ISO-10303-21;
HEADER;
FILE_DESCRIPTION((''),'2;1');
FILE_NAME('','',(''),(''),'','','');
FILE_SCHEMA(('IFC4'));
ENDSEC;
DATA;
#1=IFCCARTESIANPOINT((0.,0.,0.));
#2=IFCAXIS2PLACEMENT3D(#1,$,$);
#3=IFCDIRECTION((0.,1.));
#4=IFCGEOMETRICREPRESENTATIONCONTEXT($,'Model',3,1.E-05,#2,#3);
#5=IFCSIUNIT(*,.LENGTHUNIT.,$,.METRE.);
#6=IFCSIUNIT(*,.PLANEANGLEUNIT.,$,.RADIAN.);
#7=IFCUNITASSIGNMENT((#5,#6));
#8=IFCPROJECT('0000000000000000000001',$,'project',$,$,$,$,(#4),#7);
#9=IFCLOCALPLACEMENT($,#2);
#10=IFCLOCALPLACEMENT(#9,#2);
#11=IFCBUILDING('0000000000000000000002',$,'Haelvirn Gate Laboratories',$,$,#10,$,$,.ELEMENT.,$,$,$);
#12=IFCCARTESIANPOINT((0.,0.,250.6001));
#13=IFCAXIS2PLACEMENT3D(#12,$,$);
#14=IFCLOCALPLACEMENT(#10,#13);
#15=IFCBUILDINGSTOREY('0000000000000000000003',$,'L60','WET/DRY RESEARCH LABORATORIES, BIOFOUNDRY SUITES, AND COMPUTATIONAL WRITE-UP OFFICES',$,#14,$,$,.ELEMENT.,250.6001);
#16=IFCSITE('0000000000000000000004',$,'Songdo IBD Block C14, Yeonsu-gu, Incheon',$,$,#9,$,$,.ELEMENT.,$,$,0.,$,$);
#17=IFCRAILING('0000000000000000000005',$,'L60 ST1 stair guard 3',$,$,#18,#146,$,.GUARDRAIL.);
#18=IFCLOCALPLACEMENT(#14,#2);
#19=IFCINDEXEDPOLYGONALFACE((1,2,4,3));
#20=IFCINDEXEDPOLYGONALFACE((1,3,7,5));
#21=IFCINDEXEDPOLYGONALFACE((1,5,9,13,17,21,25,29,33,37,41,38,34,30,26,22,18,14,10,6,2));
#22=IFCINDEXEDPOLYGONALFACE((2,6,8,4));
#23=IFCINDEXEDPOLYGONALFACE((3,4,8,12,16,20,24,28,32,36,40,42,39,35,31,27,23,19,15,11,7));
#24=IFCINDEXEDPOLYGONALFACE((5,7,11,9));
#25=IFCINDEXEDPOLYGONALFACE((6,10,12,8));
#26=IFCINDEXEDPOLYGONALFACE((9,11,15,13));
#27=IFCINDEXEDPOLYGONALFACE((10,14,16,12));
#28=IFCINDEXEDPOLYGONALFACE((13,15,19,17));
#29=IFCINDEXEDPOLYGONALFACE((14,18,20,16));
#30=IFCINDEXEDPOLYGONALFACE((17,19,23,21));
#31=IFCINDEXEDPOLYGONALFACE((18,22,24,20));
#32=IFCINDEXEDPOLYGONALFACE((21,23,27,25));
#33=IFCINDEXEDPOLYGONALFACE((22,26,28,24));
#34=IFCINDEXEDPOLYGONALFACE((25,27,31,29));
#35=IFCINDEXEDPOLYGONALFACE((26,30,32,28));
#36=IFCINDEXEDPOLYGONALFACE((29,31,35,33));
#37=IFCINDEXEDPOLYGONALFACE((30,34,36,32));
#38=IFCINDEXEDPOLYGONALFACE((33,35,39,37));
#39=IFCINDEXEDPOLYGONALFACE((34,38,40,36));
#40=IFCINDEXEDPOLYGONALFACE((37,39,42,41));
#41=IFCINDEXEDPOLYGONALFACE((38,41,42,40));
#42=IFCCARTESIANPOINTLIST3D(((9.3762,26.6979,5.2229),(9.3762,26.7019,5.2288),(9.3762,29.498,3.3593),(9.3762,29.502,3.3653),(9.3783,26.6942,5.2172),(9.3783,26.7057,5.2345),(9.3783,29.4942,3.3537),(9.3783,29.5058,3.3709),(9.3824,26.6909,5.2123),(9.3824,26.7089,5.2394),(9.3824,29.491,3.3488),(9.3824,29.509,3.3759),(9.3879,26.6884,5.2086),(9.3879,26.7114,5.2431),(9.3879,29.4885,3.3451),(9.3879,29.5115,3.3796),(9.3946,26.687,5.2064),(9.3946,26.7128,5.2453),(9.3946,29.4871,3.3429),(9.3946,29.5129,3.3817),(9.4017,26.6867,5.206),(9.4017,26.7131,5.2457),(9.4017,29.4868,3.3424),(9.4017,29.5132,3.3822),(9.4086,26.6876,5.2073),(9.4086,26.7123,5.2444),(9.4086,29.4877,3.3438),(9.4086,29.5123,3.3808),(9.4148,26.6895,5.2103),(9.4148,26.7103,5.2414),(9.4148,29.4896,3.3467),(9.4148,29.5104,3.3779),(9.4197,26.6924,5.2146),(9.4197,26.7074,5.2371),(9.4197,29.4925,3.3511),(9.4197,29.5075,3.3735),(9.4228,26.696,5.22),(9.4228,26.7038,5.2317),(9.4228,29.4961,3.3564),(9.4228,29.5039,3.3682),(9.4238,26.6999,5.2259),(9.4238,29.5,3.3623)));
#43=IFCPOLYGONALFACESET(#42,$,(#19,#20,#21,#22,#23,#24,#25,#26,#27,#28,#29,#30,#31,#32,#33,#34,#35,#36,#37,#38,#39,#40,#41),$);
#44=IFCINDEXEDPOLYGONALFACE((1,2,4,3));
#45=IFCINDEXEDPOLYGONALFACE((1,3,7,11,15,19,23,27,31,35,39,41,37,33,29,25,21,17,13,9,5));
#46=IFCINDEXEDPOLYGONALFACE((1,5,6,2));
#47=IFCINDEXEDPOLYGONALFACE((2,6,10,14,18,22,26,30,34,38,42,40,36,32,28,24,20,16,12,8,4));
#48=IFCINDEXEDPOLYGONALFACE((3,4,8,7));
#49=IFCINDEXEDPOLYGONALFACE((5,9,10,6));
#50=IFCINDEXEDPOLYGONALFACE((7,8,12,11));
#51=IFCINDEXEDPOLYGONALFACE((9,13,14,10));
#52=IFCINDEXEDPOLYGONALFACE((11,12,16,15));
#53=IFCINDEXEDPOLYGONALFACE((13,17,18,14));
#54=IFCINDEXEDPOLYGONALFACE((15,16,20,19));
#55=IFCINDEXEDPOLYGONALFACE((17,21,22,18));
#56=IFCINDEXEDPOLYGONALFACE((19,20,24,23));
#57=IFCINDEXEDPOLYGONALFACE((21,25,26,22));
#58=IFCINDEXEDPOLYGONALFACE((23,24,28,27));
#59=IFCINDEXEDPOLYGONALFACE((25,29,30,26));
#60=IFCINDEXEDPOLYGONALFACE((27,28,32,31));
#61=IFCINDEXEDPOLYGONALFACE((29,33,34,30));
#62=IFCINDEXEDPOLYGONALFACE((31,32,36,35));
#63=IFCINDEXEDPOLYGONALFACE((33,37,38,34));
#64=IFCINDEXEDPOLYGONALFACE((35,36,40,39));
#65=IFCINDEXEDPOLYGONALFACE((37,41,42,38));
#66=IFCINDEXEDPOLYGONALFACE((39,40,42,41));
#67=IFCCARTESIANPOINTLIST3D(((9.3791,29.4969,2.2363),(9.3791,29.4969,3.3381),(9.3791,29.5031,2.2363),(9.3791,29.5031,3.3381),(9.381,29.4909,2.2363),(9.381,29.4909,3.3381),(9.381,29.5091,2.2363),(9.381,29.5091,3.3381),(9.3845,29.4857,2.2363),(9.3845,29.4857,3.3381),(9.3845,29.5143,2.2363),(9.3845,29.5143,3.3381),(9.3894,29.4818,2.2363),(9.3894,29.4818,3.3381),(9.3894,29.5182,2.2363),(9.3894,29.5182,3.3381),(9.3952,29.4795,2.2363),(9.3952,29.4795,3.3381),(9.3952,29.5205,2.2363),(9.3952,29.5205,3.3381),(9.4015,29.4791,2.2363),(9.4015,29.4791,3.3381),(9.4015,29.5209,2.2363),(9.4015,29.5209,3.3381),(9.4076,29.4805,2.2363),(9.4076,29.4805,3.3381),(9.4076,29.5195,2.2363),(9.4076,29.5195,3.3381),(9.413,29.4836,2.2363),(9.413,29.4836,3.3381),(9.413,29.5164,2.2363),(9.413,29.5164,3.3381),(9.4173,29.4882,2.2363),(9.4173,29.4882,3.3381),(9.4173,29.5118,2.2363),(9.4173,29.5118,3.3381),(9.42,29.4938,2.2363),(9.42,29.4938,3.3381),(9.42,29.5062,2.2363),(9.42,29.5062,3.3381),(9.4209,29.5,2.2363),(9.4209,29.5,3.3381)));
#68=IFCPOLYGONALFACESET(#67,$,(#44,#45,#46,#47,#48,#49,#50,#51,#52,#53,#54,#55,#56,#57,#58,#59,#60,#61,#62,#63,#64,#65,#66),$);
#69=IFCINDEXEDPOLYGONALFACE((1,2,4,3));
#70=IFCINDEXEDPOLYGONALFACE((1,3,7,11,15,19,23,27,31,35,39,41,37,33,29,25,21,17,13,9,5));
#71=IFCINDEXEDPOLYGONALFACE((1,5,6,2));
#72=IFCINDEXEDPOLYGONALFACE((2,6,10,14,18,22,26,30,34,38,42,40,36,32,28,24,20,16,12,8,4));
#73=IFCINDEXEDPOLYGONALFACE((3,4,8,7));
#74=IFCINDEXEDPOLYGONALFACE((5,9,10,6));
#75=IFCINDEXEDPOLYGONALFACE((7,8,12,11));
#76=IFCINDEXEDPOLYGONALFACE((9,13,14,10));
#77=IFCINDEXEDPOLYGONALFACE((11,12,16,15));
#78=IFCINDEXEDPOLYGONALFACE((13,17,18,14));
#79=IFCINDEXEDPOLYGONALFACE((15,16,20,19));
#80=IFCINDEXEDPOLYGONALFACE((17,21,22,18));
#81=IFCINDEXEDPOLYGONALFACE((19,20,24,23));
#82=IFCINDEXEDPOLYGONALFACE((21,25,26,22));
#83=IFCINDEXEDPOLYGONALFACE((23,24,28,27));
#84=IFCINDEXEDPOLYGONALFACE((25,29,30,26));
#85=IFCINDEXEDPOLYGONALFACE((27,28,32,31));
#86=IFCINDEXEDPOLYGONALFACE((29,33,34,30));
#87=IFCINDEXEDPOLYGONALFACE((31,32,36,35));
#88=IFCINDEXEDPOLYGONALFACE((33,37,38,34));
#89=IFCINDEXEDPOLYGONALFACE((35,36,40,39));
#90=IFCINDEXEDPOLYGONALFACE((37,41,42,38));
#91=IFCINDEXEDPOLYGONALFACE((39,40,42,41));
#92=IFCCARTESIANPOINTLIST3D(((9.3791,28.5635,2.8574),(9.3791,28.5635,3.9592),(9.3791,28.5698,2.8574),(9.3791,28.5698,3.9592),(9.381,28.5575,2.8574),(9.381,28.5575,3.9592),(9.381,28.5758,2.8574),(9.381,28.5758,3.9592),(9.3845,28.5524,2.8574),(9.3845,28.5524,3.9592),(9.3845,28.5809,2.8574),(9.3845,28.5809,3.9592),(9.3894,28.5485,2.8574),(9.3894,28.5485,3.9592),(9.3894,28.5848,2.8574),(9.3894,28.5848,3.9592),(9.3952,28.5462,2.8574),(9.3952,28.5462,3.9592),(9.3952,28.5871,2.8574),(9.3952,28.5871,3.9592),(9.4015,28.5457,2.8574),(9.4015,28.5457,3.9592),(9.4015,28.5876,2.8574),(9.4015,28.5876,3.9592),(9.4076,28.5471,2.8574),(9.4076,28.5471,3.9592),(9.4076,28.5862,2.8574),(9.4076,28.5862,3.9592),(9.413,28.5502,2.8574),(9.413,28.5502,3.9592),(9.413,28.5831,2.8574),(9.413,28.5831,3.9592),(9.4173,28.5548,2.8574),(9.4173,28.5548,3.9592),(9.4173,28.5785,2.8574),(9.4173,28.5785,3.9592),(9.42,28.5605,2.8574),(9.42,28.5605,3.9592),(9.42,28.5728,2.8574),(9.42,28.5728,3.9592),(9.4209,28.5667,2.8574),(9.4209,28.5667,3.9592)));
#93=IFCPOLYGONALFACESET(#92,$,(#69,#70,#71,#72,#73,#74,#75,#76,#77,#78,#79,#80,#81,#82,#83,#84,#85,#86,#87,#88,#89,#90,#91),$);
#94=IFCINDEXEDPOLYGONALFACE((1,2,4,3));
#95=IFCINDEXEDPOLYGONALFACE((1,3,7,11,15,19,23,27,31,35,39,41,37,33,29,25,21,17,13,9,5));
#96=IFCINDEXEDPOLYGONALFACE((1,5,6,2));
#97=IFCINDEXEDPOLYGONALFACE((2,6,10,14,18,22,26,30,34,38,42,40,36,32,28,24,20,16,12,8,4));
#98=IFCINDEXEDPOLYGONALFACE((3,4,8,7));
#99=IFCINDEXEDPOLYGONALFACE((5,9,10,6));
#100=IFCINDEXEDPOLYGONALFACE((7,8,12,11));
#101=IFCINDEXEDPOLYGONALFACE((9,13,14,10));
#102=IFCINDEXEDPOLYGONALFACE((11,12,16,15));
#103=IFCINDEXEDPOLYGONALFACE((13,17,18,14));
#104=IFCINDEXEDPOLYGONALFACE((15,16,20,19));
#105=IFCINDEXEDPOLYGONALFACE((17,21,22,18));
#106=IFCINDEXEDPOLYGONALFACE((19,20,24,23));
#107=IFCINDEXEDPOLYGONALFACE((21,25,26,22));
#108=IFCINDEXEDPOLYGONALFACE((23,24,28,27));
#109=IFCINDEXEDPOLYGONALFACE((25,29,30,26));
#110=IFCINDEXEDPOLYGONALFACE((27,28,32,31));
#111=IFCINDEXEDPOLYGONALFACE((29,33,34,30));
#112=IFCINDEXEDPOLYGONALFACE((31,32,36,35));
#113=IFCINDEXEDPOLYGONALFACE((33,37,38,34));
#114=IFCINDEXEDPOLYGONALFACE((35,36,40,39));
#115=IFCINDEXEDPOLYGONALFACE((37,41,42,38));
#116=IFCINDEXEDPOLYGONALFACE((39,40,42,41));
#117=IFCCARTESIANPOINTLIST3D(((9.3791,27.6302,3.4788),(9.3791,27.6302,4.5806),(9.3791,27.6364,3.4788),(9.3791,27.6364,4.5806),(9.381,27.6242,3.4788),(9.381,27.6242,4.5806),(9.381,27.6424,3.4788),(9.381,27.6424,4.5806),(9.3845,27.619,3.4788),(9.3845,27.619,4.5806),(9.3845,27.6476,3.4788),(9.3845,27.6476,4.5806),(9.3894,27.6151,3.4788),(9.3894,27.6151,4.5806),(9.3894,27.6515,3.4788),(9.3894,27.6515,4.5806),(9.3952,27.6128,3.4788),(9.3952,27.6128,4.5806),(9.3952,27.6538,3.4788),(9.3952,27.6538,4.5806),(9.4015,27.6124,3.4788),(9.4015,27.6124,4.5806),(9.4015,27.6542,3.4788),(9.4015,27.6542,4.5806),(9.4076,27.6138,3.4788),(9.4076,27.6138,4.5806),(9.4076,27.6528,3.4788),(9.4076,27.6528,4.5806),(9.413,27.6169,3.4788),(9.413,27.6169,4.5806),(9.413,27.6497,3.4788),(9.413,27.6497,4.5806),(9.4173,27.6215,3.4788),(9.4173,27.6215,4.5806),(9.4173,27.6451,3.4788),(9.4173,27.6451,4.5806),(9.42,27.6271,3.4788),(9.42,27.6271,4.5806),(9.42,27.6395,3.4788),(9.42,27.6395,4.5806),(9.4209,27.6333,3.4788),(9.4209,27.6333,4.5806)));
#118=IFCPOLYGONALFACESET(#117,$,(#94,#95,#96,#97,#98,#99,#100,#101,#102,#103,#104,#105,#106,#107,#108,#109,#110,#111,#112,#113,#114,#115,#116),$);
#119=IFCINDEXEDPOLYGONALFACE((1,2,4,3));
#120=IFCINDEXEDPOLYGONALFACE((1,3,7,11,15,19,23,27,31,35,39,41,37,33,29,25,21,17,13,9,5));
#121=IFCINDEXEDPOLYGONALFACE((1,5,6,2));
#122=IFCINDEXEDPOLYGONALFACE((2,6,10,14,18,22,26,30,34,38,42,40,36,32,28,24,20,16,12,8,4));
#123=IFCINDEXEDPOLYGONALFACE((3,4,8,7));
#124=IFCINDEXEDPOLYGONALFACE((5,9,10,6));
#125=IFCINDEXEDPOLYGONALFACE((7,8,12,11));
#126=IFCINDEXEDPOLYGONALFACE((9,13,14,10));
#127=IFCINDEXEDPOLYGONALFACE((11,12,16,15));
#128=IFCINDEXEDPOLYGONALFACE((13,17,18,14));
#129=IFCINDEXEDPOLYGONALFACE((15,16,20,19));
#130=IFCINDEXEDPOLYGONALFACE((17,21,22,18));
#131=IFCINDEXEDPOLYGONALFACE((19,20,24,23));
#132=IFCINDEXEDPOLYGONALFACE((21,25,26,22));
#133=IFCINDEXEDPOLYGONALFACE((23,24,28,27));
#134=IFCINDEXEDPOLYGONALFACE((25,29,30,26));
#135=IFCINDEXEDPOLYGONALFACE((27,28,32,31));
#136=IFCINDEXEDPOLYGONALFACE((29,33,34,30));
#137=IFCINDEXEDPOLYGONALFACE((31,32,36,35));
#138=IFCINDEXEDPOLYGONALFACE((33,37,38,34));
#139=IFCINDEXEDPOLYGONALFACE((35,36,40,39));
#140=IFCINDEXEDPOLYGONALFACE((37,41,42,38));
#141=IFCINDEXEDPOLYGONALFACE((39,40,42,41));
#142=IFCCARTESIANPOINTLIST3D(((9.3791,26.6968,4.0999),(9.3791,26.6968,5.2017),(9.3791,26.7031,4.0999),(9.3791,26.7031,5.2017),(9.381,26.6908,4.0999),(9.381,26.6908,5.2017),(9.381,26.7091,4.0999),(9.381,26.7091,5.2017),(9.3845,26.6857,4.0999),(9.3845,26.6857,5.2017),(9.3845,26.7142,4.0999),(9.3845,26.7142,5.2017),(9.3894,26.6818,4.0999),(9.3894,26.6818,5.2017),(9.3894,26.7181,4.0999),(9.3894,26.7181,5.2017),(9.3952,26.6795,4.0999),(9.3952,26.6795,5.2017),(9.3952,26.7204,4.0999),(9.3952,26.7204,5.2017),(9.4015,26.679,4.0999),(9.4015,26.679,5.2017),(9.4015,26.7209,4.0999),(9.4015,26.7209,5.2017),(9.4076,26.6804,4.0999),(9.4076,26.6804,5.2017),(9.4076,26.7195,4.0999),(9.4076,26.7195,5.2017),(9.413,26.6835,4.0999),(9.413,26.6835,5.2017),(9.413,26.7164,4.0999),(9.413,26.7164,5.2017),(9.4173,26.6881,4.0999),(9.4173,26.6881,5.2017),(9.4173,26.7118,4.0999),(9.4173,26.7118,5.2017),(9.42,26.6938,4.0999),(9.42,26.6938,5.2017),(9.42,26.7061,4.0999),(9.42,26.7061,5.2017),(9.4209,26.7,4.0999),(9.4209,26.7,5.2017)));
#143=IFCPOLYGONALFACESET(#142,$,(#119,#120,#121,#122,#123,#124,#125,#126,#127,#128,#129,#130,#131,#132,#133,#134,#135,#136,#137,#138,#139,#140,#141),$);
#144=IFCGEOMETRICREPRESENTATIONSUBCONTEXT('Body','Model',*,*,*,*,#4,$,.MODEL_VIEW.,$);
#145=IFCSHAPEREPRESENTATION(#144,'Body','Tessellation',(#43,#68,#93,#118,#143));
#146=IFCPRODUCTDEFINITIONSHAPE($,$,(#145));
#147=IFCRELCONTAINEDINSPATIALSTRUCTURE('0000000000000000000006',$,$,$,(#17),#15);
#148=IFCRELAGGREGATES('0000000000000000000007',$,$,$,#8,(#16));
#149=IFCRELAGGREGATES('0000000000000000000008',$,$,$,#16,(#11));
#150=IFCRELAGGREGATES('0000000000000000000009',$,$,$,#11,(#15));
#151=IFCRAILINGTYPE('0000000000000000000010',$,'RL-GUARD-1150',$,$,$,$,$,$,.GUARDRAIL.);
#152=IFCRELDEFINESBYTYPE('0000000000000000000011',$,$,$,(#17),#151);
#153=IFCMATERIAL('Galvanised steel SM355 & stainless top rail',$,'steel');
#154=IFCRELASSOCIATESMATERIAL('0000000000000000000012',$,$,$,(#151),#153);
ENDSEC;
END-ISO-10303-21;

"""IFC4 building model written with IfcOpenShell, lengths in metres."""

from ifc_helpers import new_model, si_unit, direction, frame, origin, origin_2d, place, context, subcontext, project, spatial, circle, extrude, source, transform, mapped, material, type_object, element, save


model = new_model("IFC4")

# Units and contexts
model_context = context("Model", 3, precision=1e-05, world=origin(), true_north=direction((0.0, 1.0)))
body_context = subcontext(model_context, "Body", "Model", "MODEL_VIEW")
ifc_project = project(units=[si_unit("LENGTHUNIT", "METRE"), si_unit("PLANEANGLEUNIT", "RADIAN")], contexts=[model_context])

# Site, building, storey
site_placement = place(None, origin())
site = spatial("IfcSite", under=ifc_project, at=site_placement, Name="Songdo IBD Block C14, Yeonsu-gu, Incheon", CompositionType="ELEMENT", RefElevation=0.0)
building_placement = place(site_placement, origin())
building = spatial("IfcBuilding", under=site, at=building_placement, Name="Haelvirn Gate Laboratories", CompositionType="ELEMENT")
storey_placement = place(building_placement, frame((0.0, 0.0, 250.6001)))
storey = spatial("IfcBuildingStorey", under=building, at=storey_placement, Name="L60", Description="WET/DRY RESEARCH LABORATORIES, BIOFOUNDRY SUITES, AND COMPUTATIONAL WRITE-UP OFFICES", CompositionType="ELEMENT", Elevation=250.6001)

# Railing
ifc_material_1 = material(Name="Galvanised steel SM355 & stainless top rail", Category="steel")
railing_type_1 = type_object("IfcRailingType", Name="RL-GUARD-1150", PredefinedType="GUARDRAIL", material=ifc_material_1)
shared_shape_1 = source(origin(), body_context, "Body", "SweptSolid", [
    extrude(circle(Radius=0.0239, at=origin_2d()), frame((0.0, 0.0, 1.126), z_axis=(0.0, -0.832486, 0.554047), x_axis=(1.0, 0.0, 0.0)), (0.0, 0.0, 1.0), 3.3635),
    extrude(circle(Radius=0.021, at=origin_2d()), origin(), (0.0, 0.0, 1.0), 1.1018),
    extrude(circle(Radius=0.021, at=origin_2d()), frame((0.0, -0.9333, 0.6211)), (0.0, 0.0, 1.0), 1.1018),
    extrude(circle(Radius=0.021, at=origin_2d()), frame((0.0, -1.8667, 1.2424)), (0.0, 0.0, 1.0), 1.1018),
    extrude(circle(Radius=0.021, at=origin_2d()), frame((0.0, -2.8, 1.8635)), (0.0, 0.0, 1.0), 1.1018),
])
railing_1_placement = place(storey_placement, frame((9.3999, 29.5, 2.2363)))
element("IfcRailing", 1, at=railing_1_placement, inside=storey, type_object=railing_type_1, Name="L60 ST1 stair guard 3", PredefinedType="GUARDRAIL", context=body_context, shape_type="MappedRepresentation", body=[
    mapped(shared_shape_1, transform((0.0, 0.0, 0.0), scale=1.0)),
])

save(model, "model.ifc")
